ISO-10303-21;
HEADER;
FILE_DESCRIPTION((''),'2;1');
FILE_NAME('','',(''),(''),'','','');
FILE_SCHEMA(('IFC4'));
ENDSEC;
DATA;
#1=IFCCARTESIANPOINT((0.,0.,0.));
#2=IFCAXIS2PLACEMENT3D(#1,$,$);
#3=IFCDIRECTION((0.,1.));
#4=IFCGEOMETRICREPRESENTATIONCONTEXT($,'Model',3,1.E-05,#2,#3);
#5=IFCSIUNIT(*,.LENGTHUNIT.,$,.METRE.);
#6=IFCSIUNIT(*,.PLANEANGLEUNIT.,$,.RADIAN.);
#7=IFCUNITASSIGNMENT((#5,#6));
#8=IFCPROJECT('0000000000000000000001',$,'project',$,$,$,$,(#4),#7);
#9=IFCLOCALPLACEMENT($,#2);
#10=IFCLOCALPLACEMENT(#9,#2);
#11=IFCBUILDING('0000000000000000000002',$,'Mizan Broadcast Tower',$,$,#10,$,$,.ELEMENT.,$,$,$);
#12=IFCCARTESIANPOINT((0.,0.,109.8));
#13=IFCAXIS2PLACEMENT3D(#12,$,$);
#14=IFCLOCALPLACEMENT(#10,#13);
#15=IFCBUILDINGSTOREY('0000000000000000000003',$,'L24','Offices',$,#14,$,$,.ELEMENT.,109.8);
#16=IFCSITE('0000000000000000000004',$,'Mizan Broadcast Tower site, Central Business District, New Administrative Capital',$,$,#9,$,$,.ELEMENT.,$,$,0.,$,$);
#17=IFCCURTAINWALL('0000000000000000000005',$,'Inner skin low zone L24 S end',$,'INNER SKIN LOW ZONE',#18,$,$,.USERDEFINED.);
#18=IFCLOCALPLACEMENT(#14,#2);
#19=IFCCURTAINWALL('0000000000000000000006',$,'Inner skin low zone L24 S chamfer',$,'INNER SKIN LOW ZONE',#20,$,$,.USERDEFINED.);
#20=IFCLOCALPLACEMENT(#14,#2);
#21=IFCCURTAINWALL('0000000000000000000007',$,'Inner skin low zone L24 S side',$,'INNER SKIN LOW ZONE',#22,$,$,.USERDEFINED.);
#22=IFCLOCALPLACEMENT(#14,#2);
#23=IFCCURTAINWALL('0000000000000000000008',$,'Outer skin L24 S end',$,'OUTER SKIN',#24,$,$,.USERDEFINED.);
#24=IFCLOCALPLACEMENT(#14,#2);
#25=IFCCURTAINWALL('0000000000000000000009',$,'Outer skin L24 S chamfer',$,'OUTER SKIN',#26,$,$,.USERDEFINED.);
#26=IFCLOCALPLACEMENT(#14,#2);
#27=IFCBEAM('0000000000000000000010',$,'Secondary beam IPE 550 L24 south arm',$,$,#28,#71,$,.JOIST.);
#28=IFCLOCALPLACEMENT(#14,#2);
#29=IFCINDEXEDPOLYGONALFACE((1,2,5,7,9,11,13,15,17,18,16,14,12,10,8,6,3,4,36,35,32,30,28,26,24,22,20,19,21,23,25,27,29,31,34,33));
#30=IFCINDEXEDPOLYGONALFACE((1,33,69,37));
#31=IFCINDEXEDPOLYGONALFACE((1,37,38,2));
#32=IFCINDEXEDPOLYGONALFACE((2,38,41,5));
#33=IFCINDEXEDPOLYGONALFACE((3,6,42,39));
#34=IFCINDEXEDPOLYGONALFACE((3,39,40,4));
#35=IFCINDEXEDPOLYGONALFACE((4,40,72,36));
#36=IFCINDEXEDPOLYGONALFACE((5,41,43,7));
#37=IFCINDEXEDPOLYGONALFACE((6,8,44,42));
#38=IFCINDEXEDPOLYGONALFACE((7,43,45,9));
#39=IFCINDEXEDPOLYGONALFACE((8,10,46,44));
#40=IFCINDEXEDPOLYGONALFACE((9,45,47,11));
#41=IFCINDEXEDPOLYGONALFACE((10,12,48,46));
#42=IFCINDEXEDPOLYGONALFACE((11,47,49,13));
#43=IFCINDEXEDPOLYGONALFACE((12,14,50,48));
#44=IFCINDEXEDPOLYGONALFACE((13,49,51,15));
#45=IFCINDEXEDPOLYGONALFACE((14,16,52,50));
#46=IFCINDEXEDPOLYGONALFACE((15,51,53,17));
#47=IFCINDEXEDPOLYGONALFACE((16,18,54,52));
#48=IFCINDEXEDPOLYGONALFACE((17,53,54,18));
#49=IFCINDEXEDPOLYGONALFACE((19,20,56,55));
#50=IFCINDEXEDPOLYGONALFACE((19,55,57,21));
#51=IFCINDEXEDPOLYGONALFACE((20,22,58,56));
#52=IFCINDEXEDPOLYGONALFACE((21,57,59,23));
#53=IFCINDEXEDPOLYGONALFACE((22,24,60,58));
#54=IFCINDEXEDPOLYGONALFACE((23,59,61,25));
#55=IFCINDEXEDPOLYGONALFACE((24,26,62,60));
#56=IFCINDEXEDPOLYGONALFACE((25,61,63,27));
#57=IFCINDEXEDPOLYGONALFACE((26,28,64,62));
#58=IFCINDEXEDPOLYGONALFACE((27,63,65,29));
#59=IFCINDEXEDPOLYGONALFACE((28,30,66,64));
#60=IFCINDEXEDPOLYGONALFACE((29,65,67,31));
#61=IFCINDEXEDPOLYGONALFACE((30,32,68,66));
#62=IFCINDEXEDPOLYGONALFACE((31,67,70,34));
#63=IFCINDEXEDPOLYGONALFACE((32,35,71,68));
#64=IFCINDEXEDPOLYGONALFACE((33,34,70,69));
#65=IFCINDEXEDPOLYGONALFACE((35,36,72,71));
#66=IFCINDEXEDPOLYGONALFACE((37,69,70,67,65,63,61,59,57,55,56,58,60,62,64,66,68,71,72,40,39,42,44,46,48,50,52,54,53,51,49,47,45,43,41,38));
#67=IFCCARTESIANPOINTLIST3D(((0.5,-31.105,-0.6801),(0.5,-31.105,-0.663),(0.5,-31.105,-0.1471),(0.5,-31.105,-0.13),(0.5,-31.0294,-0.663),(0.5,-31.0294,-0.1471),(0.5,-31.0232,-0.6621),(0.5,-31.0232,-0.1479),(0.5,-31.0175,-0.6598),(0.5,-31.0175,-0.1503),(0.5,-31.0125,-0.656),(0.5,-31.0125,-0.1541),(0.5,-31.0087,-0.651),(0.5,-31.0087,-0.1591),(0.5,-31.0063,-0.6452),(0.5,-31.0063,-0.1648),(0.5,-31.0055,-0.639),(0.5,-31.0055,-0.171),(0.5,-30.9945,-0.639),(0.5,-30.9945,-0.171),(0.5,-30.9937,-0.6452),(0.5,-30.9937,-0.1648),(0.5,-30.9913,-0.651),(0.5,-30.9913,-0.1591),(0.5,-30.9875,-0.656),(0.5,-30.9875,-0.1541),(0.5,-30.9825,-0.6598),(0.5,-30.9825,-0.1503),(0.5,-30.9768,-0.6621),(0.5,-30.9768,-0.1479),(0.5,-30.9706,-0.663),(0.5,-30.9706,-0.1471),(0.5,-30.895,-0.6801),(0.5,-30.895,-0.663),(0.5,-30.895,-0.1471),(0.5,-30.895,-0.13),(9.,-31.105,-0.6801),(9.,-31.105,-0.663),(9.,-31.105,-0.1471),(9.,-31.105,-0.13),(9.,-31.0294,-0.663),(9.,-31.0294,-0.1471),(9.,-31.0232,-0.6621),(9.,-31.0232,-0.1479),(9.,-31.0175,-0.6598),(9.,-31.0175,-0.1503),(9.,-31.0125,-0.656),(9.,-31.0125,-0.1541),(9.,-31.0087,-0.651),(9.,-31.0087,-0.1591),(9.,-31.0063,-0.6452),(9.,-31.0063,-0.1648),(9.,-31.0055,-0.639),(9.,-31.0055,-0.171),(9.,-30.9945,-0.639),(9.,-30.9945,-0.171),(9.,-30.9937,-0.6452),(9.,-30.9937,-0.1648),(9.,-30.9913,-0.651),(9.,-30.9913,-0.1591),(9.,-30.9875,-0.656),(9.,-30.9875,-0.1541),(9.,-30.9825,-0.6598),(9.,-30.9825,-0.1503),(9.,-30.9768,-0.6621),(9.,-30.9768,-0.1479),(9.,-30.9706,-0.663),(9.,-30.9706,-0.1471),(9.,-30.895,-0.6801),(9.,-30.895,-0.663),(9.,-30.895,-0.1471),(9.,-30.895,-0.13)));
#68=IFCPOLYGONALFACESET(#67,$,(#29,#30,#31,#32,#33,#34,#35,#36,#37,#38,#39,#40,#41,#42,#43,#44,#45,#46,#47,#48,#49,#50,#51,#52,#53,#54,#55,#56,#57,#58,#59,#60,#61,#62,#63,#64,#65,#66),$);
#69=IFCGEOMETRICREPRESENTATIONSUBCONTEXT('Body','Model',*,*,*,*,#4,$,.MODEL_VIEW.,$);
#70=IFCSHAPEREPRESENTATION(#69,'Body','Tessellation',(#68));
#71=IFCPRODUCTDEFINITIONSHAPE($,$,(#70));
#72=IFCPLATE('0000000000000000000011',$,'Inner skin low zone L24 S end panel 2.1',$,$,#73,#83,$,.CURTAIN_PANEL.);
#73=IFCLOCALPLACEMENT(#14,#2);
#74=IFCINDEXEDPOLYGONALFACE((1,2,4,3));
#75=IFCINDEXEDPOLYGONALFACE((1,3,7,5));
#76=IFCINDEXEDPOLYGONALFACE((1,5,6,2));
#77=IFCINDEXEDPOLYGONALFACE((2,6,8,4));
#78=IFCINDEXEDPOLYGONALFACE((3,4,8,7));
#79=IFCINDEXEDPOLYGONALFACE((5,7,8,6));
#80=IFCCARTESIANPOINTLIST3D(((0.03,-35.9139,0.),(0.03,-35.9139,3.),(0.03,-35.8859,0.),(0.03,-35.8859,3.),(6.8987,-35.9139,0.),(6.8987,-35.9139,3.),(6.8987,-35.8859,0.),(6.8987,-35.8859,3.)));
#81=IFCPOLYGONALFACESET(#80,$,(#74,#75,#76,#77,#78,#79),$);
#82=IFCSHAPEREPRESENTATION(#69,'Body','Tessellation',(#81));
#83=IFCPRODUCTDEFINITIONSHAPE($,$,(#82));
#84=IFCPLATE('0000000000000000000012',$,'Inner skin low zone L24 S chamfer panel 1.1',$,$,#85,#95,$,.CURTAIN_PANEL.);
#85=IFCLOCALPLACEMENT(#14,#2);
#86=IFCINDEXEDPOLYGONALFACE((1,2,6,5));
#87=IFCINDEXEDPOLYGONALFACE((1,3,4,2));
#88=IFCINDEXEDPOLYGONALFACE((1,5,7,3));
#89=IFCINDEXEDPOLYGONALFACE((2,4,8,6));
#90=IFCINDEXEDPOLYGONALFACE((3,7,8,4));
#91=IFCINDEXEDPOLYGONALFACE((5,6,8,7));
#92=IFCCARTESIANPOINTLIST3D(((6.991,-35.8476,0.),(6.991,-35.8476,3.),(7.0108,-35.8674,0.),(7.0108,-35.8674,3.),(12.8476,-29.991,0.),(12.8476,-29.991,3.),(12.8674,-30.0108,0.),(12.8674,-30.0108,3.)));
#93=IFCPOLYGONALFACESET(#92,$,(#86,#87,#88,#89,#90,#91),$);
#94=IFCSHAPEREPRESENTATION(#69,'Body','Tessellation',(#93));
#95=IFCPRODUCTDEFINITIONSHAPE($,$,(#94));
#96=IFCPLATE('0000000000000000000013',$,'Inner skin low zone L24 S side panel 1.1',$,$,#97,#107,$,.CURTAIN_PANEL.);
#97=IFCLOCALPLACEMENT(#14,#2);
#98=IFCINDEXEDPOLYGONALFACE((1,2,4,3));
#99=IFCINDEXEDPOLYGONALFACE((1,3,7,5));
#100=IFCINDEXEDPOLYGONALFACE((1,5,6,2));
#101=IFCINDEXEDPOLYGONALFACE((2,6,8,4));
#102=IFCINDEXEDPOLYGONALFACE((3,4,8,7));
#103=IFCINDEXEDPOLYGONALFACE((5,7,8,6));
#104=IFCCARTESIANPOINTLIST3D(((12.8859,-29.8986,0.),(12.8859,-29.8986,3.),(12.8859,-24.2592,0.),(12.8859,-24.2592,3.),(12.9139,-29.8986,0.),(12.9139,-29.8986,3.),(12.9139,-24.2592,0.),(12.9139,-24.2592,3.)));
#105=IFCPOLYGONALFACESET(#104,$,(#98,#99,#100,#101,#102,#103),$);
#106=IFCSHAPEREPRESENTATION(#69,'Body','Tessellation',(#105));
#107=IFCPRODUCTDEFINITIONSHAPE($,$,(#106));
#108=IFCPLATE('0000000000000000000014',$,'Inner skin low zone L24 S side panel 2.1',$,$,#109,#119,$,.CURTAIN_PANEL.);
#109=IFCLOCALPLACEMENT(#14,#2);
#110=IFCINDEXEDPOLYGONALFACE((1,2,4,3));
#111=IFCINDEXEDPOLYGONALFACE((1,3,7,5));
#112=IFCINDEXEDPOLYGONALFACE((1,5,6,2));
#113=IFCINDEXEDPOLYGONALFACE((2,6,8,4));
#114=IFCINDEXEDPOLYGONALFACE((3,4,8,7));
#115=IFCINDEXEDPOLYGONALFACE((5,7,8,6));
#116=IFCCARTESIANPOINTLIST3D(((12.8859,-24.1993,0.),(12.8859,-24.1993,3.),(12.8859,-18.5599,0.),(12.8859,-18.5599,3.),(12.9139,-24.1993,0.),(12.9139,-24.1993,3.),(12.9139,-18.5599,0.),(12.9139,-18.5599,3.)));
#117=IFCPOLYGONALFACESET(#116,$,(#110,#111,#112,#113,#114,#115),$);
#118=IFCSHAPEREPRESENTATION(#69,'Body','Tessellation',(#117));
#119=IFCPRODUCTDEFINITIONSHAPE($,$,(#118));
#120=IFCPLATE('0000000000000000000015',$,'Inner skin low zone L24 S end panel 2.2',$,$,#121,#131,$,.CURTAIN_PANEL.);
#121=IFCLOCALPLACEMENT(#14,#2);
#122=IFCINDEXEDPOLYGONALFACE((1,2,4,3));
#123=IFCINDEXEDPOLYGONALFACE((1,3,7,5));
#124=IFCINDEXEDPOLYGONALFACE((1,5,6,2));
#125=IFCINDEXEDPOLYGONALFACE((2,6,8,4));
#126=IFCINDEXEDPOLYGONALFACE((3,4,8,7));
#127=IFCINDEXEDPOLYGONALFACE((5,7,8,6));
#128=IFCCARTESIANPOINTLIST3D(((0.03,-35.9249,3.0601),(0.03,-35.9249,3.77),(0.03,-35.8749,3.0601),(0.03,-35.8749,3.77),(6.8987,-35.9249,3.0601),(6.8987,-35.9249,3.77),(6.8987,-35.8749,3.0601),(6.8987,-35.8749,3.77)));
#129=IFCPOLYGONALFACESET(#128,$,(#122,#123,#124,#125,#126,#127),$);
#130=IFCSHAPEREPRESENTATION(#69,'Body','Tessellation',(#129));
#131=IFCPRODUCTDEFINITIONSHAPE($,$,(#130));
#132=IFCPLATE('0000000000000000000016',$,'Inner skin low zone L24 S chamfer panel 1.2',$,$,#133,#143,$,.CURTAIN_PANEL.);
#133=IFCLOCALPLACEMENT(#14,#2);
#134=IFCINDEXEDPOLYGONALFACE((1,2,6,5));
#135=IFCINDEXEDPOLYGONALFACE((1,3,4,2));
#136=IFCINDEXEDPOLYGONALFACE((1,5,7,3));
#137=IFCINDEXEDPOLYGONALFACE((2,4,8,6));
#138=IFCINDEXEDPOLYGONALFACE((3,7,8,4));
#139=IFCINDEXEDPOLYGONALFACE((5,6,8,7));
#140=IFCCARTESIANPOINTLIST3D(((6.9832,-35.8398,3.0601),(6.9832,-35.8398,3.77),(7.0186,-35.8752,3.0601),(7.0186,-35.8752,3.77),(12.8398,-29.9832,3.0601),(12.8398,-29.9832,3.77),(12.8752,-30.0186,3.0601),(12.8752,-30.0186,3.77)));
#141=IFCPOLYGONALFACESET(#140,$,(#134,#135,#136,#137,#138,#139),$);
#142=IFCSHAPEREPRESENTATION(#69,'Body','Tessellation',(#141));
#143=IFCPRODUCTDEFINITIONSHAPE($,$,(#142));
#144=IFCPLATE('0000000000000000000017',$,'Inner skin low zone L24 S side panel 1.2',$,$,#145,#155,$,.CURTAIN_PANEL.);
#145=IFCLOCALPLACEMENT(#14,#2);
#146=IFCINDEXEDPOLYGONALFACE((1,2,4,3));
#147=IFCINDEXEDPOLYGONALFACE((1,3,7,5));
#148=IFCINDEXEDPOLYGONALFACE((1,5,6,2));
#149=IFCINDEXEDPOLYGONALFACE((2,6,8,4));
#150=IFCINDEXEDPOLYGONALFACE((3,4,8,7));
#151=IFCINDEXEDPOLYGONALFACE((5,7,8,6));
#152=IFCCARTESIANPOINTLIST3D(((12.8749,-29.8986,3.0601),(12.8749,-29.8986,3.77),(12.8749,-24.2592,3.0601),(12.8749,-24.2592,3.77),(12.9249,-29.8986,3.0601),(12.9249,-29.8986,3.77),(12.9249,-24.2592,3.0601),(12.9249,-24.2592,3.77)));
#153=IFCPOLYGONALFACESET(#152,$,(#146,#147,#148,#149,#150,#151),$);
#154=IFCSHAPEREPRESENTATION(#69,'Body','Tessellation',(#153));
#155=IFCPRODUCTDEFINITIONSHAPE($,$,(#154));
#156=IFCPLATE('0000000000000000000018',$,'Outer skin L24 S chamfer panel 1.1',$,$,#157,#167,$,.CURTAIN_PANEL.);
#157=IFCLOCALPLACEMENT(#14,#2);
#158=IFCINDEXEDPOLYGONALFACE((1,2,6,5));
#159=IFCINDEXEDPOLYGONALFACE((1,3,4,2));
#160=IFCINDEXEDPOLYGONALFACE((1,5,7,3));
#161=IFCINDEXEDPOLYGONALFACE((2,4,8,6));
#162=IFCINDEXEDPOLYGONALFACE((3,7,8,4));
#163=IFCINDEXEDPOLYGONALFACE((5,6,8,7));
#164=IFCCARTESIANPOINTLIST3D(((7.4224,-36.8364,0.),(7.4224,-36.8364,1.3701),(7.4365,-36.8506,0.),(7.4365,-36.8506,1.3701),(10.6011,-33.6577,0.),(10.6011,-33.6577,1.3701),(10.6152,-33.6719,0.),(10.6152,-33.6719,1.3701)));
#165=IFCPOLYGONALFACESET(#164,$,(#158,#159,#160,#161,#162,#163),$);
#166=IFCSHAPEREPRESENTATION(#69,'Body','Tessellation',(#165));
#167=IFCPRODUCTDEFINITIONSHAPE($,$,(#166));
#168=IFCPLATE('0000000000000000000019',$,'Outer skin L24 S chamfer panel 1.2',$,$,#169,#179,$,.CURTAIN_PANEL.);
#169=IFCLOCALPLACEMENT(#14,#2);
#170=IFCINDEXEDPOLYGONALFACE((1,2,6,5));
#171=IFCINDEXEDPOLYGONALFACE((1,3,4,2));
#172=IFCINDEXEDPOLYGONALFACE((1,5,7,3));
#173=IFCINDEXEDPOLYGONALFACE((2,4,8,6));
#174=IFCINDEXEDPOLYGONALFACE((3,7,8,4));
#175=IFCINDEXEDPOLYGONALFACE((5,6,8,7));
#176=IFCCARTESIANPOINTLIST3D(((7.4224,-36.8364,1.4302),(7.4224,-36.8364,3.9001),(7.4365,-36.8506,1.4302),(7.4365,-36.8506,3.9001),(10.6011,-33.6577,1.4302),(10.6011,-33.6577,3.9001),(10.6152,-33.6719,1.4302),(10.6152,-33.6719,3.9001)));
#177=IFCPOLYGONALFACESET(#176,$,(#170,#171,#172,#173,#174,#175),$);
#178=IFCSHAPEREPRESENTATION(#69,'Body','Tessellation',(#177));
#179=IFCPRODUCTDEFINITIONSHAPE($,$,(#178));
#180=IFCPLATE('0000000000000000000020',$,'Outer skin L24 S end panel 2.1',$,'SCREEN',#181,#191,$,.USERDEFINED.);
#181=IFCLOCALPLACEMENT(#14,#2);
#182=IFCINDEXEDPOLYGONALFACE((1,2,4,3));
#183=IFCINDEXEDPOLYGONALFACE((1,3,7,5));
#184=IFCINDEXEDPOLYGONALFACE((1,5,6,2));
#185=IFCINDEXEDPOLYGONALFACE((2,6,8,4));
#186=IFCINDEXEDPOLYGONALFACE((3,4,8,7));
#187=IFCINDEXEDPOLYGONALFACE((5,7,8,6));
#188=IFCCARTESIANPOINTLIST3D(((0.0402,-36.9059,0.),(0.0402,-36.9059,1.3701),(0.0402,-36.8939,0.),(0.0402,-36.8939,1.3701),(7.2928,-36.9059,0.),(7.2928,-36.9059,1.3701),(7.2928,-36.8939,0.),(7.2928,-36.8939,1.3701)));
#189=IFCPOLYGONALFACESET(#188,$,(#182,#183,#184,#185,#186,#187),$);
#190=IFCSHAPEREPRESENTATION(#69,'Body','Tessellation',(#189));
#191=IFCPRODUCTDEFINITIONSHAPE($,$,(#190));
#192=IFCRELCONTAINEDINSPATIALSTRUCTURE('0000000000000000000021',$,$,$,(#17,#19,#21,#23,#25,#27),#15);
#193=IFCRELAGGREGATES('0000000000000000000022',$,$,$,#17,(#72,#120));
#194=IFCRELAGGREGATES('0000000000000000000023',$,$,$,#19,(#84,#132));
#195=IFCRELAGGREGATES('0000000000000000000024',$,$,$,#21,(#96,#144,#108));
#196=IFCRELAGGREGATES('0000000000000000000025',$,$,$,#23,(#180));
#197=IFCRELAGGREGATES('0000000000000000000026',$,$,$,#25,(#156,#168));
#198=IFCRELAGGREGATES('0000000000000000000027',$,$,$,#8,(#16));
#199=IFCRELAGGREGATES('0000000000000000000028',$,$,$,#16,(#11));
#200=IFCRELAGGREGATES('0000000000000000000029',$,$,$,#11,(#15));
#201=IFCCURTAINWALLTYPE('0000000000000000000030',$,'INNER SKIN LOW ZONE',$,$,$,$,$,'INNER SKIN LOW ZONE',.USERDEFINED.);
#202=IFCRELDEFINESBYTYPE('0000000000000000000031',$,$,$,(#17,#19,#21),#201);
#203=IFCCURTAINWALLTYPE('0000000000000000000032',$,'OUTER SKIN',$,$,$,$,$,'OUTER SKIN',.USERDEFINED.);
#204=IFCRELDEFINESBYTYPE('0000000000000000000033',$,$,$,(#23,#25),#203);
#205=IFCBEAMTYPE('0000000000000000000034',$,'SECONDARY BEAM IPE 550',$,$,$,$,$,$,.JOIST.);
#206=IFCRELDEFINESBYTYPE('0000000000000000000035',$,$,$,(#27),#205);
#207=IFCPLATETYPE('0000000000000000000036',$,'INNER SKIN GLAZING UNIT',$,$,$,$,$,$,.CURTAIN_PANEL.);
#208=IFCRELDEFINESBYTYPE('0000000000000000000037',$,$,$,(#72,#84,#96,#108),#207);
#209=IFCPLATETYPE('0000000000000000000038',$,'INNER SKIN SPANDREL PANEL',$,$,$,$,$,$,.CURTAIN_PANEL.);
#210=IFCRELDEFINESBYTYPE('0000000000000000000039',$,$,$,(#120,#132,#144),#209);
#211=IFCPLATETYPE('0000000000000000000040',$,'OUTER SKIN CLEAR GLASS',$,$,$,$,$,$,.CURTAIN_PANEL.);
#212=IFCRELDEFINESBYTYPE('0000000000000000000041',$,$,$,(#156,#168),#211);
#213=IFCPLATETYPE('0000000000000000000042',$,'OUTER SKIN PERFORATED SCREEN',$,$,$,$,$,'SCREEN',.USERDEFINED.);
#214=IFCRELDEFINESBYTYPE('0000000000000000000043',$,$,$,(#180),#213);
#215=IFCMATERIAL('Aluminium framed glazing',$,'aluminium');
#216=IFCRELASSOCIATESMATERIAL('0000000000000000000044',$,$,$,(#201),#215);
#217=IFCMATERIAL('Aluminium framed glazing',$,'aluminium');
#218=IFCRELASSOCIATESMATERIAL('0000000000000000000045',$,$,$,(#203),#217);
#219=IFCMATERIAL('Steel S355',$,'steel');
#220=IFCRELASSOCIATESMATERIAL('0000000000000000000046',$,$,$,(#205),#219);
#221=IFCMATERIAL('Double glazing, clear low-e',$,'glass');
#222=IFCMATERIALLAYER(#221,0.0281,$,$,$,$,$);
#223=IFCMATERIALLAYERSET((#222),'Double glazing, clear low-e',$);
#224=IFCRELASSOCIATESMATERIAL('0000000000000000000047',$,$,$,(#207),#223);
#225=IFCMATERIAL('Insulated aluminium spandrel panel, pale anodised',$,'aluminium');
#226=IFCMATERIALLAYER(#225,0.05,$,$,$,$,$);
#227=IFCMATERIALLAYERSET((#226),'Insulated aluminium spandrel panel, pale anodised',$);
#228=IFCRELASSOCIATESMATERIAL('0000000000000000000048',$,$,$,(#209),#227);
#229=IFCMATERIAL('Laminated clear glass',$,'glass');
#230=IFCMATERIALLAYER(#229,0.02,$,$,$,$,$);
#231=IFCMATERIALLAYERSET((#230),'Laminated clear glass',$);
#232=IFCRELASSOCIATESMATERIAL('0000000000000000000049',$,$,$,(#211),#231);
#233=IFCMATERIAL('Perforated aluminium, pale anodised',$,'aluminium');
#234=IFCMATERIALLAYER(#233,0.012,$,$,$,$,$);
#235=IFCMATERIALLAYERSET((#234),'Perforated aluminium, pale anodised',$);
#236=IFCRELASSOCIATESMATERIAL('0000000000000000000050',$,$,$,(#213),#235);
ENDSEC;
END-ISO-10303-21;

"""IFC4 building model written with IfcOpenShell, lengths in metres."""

from ifc_helpers import new_model, si_unit, direction, frame, origin, origin_2d, place, context, subcontext, project, spatial, rectangle, i_section, extrude, material, layer, layer_set, material_profile, profile_set, type_object, element, aggregate, save


model = new_model("IFC4")

# Units and contexts
model_context = context("Model", 3, precision=1e-05, world=origin(), true_north=direction((0.0, 1.0)))
body_context = subcontext(model_context, "Body", "Model", "MODEL_VIEW")
ifc_project = project(units=[si_unit("LENGTHUNIT", "METRE"), si_unit("PLANEANGLEUNIT", "RADIAN")], contexts=[model_context])

# Site, building, storey
site_placement = place(None, origin())
site = spatial("IfcSite", under=ifc_project, at=site_placement, Name="Mizan Broadcast Tower site, Central Business District, New Administrative Capital", CompositionType="ELEMENT", RefElevation=0.0)
building_placement = place(site_placement, origin())
building = spatial("IfcBuilding", under=site, at=building_placement, Name="Mizan Broadcast Tower", CompositionType="ELEMENT")
storey_placement = place(building_placement, frame((0.0, 0.0, 109.8)))
storey = spatial("IfcBuildingStorey", under=building, at=storey_placement, Name="L24", Description="Offices", CompositionType="ELEMENT", Elevation=109.8)

# Curtain wall
ifc_material_1 = material(Name="Aluminium framed glazing", Category="aluminium")
curtain_wall_type_1 = type_object("IfcCurtainWallType", Name="INNER SKIN LOW ZONE", ElementType="INNER SKIN LOW ZONE", PredefinedType="USERDEFINED", material=ifc_material_1)
curtain_wall_1_placement = place(storey_placement, origin())
curtain_wall_1 = element("IfcCurtainWall", 1, at=curtain_wall_1_placement, inside=storey, type_object=curtain_wall_type_1, Name="Inner skin low zone L24 S end", ObjectType="INNER SKIN LOW ZONE", PredefinedType="USERDEFINED")

# Curtain walls
curtain_wall_2_placement = place(storey_placement, origin())
curtain_wall_2 = element("IfcCurtainWall", 2, at=curtain_wall_2_placement, inside=storey, type_object=curtain_wall_type_1, Name="Inner skin low zone L24 S chamfer", ObjectType="INNER SKIN LOW ZONE", PredefinedType="USERDEFINED")
curtain_wall_3_placement = place(storey_placement, origin())
curtain_wall_3 = element("IfcCurtainWall", 3, at=curtain_wall_3_placement, inside=storey, type_object=curtain_wall_type_1, Name="Inner skin low zone L24 S side", ObjectType="INNER SKIN LOW ZONE", PredefinedType="USERDEFINED")

# Curtain wall
ifc_material_2 = material(Name="Aluminium framed glazing", Category="aluminium")
curtain_wall_type_2 = type_object("IfcCurtainWallType", Name="OUTER SKIN", ElementType="OUTER SKIN", PredefinedType="USERDEFINED", material=ifc_material_2)
curtain_wall_4_placement = place(storey_placement, origin())
curtain_wall_4 = element("IfcCurtainWall", 4, at=curtain_wall_4_placement, inside=storey, type_object=curtain_wall_type_2, Name="Outer skin L24 S end", ObjectType="OUTER SKIN", PredefinedType="USERDEFINED")

# Curtain wall
curtain_wall_5_placement = place(storey_placement, origin())
curtain_wall_5 = element("IfcCurtainWall", 5, at=curtain_wall_5_placement, inside=storey, type_object=curtain_wall_type_2, Name="Outer skin L24 S chamfer", ObjectType="OUTER SKIN", PredefinedType="USERDEFINED")

# Beam
ifc_material_3 = material(Name="Steel S355", Category="steel")
ifc_material_profile_1 = material_profile(ifc_material_3, i_section(OverallWidth=0.21, OverallDepth=0.55, WebThickness=0.011, FlangeThickness=0.0171, FilletRadius=0.0239, at=origin_2d()), Name="IPE 550")
ifc_profile_set_1 = profile_set([ifc_material_profile_1], Name="Steel S355")
beam_type_1 = type_object("IfcBeamType", Name="SECONDARY BEAM IPE 550", PredefinedType="JOIST", material=ifc_profile_set_1)
beam_1_placement = place(storey_placement, frame((9.0, -31.0, -0.405), z_axis=(-1.0, 0.0, 0.0), x_axis=(0.0, -1.0, 0.0)))
element("IfcBeam", 6, at=beam_1_placement, inside=storey, type_object=beam_type_1, Name="Secondary beam IPE 550 L24 south arm", PredefinedType="JOIST", context=body_context, shape_type="SweptSolid", body=[
    extrude(i_section(OverallWidth=0.21, OverallDepth=0.55, WebThickness=0.011, FlangeThickness=0.0171, FilletRadius=0.0239, at=origin_2d()), origin(), (0.0, 0.0, 1.0), 8.5),
])

# Plates
ifc_material_4 = material(Name="Double glazing, clear low-e", Category="glass")
ifc_layer_1 = layer(ifc_material_4, 0.0281)
ifc_layer_set_1 = layer_set([ifc_layer_1], Name="Double glazing, clear low-e")
plate_type_1 = type_object("IfcPlateType", Name="INNER SKIN GLAZING UNIT", PredefinedType="CURTAIN_PANEL", material=ifc_layer_set_1)
plate_1_placement = place(storey_placement, frame((3.4644, -35.8999, 0.0), z_axis=(0.0, 0.0, 1.0), x_axis=(1.0, 0.0, 0.0)))
plate_1 = element("IfcPlate", 7, at=plate_1_placement, type_object=plate_type_1, Name="Inner skin low zone L24 S end panel 2.1", PredefinedType="CURTAIN_PANEL", context=body_context, shape_type="SweptSolid", body=[
    extrude(rectangle(XDim=6.8687, YDim=0.0281, at=origin_2d()), origin(), (0.0, 0.0, 1.0), 3.0),
])
plate_2_placement = place(storey_placement, frame((9.9292, -32.9292, 0.0), z_axis=(0.0, 0.0, 1.0), x_axis=(0.707107, 0.707107, 0.0)))
plate_2 = element("IfcPlate", 8, at=plate_2_placement, type_object=plate_type_1, Name="Inner skin low zone L24 S chamfer panel 1.1", PredefinedType="CURTAIN_PANEL", context=body_context, shape_type="SweptSolid", body=[
    extrude(rectangle(XDim=8.2825, YDim=0.0281, at=origin_2d()), origin(), (0.0, 0.0, 1.0), 3.0),
])
plate_3_placement = place(storey_placement, frame((12.8999, -27.0789, 0.0), z_axis=(0.0, 0.0, 1.0), x_axis=(0.0, 1.0, 0.0)))
plate_3 = element("IfcPlate", 9, at=plate_3_placement, type_object=plate_type_1, Name="Inner skin low zone L24 S side panel 1.1", PredefinedType="CURTAIN_PANEL", context=body_context, shape_type="SweptSolid", body=[
    extrude(rectangle(XDim=5.6394, YDim=0.0281, at=origin_2d()), origin(), (0.0, 0.0, 1.0), 3.0),
])
plate_4_placement = place(storey_placement, frame((12.8999, -21.3796, 0.0), z_axis=(0.0, 0.0, 1.0), x_axis=(0.0, 1.0, 0.0)))
plate_4 = element("IfcPlate", 10, at=plate_4_placement, type_object=plate_type_1, Name="Inner skin low zone L24 S side panel 2.1", PredefinedType="CURTAIN_PANEL", context=body_context, shape_type="SweptSolid", body=[
    extrude(rectangle(XDim=5.6394, YDim=0.0281, at=origin_2d()), origin(), (0.0, 0.0, 1.0), 3.0),
])
ifc_material_5 = material(Name="Insulated aluminium spandrel panel, pale anodised", Category="aluminium")
ifc_layer_2 = layer(ifc_material_5, 0.05)
ifc_layer_set_2 = layer_set([ifc_layer_2], Name="Insulated aluminium spandrel panel, pale anodised")
plate_type_2 = type_object("IfcPlateType", Name="INNER SKIN SPANDREL PANEL", PredefinedType="CURTAIN_PANEL", material=ifc_layer_set_2)
plate_5_placement = place(storey_placement, frame((3.4644, -35.8999, 3.0601), z_axis=(0.0, 0.0, 1.0), x_axis=(1.0, 0.0, 0.0)))
plate_5 = element("IfcPlate", 11, at=plate_5_placement, type_object=plate_type_2, Name="Inner skin low zone L24 S end panel 2.2", PredefinedType="CURTAIN_PANEL", context=body_context, shape_type="SweptSolid", body=[
    extrude(rectangle(XDim=6.8687, YDim=0.05, at=origin_2d()), origin(), (0.0, 0.0, 1.0), 0.71),
])
aggregate(curtain_wall_1, [plate_1, plate_5])
plate_6_placement = place(storey_placement, frame((9.9292, -32.9292, 3.0601), z_axis=(0.0, 0.0, 1.0), x_axis=(0.707107, 0.707107, 0.0)))
plate_6 = element("IfcPlate", 12, at=plate_6_placement, type_object=plate_type_2, Name="Inner skin low zone L24 S chamfer panel 1.2", PredefinedType="CURTAIN_PANEL", context=body_context, shape_type="SweptSolid", body=[
    extrude(rectangle(XDim=8.2825, YDim=0.05, at=origin_2d()), origin(), (0.0, 0.0, 1.0), 0.71),
])
aggregate(curtain_wall_2, [plate_2, plate_6])
plate_7_placement = place(storey_placement, frame((12.8999, -27.0789, 3.0601), z_axis=(0.0, 0.0, 1.0), x_axis=(0.0, 1.0, 0.0)))
plate_7 = element("IfcPlate", 13, at=plate_7_placement, type_object=plate_type_2, Name="Inner skin low zone L24 S side panel 1.2", PredefinedType="CURTAIN_PANEL", context=body_context, shape_type="SweptSolid", body=[
    extrude(rectangle(XDim=5.6394, YDim=0.05, at=origin_2d()), origin(), (0.0, 0.0, 1.0), 0.71),
])
aggregate(curtain_wall_3, [plate_3, plate_7, plate_4])
ifc_material_6 = material(Name="Laminated clear glass", Category="glass")
ifc_layer_3 = layer(ifc_material_6, 0.02)
ifc_layer_set_3 = layer_set([ifc_layer_3], Name="Laminated clear glass")
plate_type_3 = type_object("IfcPlateType", Name="OUTER SKIN CLEAR GLASS", PredefinedType="CURTAIN_PANEL", material=ifc_layer_set_3)
plate_8_placement = place(storey_placement, frame((9.0188, -35.2542, 0.0), z_axis=(0.0, 0.0, 1.0), x_axis=(0.707107, 0.707107, 0.0)))
plate_8 = element("IfcPlate", 14, at=plate_8_placement, type_object=plate_type_3, Name="Outer skin L24 S chamfer panel 1.1", PredefinedType="CURTAIN_PANEL", context=body_context, shape_type="SweptSolid", body=[
    extrude(rectangle(XDim=4.4954, YDim=0.02, at=origin_2d()), origin(), (0.0, 0.0, 1.0), 1.3701),
])
plate_9_placement = place(storey_placement, frame((9.0188, -35.2542, 1.4302), z_axis=(0.0, 0.0, 1.0), x_axis=(0.707107, 0.707107, 0.0)))
plate_9 = element("IfcPlate", 15, at=plate_9_placement, type_object=plate_type_3, Name="Outer skin L24 S chamfer panel 1.2", PredefinedType="CURTAIN_PANEL", context=body_context, shape_type="SweptSolid", body=[
    extrude(rectangle(XDim=4.4954, YDim=0.02, at=origin_2d()), origin(), (0.0, 0.0, 1.0), 2.47),
])
ifc_material_7 = material(Name="Perforated aluminium, pale anodised", Category="aluminium")
ifc_layer_4 = layer(ifc_material_7, 0.012)
ifc_layer_set_4 = layer_set([ifc_layer_4], Name="Perforated aluminium, pale anodised")
plate_type_4 = type_object("IfcPlateType", Name="OUTER SKIN PERFORATED SCREEN", ElementType="SCREEN", PredefinedType="USERDEFINED", material=ifc_layer_set_4)
plate_10_placement = place(storey_placement, frame((3.6665, -36.8999, 0.0), z_axis=(0.0, 0.0, 1.0), x_axis=(1.0, 0.0, 0.0)))
plate_10 = element("IfcPlate", 16, at=plate_10_placement, type_object=plate_type_4, Name="Outer skin L24 S end panel 2.1", ObjectType="SCREEN", PredefinedType="USERDEFINED", context=body_context, shape_type="SweptSolid", body=[
    extrude(rectangle(XDim=7.2527, YDim=0.012, at=origin_2d()), origin(), (0.0, 0.0, 1.0), 1.3701),
])
aggregate(curtain_wall_4, [plate_10])
aggregate(curtain_wall_5, [plate_8, plate_9])

save(model, "model.ifc")
